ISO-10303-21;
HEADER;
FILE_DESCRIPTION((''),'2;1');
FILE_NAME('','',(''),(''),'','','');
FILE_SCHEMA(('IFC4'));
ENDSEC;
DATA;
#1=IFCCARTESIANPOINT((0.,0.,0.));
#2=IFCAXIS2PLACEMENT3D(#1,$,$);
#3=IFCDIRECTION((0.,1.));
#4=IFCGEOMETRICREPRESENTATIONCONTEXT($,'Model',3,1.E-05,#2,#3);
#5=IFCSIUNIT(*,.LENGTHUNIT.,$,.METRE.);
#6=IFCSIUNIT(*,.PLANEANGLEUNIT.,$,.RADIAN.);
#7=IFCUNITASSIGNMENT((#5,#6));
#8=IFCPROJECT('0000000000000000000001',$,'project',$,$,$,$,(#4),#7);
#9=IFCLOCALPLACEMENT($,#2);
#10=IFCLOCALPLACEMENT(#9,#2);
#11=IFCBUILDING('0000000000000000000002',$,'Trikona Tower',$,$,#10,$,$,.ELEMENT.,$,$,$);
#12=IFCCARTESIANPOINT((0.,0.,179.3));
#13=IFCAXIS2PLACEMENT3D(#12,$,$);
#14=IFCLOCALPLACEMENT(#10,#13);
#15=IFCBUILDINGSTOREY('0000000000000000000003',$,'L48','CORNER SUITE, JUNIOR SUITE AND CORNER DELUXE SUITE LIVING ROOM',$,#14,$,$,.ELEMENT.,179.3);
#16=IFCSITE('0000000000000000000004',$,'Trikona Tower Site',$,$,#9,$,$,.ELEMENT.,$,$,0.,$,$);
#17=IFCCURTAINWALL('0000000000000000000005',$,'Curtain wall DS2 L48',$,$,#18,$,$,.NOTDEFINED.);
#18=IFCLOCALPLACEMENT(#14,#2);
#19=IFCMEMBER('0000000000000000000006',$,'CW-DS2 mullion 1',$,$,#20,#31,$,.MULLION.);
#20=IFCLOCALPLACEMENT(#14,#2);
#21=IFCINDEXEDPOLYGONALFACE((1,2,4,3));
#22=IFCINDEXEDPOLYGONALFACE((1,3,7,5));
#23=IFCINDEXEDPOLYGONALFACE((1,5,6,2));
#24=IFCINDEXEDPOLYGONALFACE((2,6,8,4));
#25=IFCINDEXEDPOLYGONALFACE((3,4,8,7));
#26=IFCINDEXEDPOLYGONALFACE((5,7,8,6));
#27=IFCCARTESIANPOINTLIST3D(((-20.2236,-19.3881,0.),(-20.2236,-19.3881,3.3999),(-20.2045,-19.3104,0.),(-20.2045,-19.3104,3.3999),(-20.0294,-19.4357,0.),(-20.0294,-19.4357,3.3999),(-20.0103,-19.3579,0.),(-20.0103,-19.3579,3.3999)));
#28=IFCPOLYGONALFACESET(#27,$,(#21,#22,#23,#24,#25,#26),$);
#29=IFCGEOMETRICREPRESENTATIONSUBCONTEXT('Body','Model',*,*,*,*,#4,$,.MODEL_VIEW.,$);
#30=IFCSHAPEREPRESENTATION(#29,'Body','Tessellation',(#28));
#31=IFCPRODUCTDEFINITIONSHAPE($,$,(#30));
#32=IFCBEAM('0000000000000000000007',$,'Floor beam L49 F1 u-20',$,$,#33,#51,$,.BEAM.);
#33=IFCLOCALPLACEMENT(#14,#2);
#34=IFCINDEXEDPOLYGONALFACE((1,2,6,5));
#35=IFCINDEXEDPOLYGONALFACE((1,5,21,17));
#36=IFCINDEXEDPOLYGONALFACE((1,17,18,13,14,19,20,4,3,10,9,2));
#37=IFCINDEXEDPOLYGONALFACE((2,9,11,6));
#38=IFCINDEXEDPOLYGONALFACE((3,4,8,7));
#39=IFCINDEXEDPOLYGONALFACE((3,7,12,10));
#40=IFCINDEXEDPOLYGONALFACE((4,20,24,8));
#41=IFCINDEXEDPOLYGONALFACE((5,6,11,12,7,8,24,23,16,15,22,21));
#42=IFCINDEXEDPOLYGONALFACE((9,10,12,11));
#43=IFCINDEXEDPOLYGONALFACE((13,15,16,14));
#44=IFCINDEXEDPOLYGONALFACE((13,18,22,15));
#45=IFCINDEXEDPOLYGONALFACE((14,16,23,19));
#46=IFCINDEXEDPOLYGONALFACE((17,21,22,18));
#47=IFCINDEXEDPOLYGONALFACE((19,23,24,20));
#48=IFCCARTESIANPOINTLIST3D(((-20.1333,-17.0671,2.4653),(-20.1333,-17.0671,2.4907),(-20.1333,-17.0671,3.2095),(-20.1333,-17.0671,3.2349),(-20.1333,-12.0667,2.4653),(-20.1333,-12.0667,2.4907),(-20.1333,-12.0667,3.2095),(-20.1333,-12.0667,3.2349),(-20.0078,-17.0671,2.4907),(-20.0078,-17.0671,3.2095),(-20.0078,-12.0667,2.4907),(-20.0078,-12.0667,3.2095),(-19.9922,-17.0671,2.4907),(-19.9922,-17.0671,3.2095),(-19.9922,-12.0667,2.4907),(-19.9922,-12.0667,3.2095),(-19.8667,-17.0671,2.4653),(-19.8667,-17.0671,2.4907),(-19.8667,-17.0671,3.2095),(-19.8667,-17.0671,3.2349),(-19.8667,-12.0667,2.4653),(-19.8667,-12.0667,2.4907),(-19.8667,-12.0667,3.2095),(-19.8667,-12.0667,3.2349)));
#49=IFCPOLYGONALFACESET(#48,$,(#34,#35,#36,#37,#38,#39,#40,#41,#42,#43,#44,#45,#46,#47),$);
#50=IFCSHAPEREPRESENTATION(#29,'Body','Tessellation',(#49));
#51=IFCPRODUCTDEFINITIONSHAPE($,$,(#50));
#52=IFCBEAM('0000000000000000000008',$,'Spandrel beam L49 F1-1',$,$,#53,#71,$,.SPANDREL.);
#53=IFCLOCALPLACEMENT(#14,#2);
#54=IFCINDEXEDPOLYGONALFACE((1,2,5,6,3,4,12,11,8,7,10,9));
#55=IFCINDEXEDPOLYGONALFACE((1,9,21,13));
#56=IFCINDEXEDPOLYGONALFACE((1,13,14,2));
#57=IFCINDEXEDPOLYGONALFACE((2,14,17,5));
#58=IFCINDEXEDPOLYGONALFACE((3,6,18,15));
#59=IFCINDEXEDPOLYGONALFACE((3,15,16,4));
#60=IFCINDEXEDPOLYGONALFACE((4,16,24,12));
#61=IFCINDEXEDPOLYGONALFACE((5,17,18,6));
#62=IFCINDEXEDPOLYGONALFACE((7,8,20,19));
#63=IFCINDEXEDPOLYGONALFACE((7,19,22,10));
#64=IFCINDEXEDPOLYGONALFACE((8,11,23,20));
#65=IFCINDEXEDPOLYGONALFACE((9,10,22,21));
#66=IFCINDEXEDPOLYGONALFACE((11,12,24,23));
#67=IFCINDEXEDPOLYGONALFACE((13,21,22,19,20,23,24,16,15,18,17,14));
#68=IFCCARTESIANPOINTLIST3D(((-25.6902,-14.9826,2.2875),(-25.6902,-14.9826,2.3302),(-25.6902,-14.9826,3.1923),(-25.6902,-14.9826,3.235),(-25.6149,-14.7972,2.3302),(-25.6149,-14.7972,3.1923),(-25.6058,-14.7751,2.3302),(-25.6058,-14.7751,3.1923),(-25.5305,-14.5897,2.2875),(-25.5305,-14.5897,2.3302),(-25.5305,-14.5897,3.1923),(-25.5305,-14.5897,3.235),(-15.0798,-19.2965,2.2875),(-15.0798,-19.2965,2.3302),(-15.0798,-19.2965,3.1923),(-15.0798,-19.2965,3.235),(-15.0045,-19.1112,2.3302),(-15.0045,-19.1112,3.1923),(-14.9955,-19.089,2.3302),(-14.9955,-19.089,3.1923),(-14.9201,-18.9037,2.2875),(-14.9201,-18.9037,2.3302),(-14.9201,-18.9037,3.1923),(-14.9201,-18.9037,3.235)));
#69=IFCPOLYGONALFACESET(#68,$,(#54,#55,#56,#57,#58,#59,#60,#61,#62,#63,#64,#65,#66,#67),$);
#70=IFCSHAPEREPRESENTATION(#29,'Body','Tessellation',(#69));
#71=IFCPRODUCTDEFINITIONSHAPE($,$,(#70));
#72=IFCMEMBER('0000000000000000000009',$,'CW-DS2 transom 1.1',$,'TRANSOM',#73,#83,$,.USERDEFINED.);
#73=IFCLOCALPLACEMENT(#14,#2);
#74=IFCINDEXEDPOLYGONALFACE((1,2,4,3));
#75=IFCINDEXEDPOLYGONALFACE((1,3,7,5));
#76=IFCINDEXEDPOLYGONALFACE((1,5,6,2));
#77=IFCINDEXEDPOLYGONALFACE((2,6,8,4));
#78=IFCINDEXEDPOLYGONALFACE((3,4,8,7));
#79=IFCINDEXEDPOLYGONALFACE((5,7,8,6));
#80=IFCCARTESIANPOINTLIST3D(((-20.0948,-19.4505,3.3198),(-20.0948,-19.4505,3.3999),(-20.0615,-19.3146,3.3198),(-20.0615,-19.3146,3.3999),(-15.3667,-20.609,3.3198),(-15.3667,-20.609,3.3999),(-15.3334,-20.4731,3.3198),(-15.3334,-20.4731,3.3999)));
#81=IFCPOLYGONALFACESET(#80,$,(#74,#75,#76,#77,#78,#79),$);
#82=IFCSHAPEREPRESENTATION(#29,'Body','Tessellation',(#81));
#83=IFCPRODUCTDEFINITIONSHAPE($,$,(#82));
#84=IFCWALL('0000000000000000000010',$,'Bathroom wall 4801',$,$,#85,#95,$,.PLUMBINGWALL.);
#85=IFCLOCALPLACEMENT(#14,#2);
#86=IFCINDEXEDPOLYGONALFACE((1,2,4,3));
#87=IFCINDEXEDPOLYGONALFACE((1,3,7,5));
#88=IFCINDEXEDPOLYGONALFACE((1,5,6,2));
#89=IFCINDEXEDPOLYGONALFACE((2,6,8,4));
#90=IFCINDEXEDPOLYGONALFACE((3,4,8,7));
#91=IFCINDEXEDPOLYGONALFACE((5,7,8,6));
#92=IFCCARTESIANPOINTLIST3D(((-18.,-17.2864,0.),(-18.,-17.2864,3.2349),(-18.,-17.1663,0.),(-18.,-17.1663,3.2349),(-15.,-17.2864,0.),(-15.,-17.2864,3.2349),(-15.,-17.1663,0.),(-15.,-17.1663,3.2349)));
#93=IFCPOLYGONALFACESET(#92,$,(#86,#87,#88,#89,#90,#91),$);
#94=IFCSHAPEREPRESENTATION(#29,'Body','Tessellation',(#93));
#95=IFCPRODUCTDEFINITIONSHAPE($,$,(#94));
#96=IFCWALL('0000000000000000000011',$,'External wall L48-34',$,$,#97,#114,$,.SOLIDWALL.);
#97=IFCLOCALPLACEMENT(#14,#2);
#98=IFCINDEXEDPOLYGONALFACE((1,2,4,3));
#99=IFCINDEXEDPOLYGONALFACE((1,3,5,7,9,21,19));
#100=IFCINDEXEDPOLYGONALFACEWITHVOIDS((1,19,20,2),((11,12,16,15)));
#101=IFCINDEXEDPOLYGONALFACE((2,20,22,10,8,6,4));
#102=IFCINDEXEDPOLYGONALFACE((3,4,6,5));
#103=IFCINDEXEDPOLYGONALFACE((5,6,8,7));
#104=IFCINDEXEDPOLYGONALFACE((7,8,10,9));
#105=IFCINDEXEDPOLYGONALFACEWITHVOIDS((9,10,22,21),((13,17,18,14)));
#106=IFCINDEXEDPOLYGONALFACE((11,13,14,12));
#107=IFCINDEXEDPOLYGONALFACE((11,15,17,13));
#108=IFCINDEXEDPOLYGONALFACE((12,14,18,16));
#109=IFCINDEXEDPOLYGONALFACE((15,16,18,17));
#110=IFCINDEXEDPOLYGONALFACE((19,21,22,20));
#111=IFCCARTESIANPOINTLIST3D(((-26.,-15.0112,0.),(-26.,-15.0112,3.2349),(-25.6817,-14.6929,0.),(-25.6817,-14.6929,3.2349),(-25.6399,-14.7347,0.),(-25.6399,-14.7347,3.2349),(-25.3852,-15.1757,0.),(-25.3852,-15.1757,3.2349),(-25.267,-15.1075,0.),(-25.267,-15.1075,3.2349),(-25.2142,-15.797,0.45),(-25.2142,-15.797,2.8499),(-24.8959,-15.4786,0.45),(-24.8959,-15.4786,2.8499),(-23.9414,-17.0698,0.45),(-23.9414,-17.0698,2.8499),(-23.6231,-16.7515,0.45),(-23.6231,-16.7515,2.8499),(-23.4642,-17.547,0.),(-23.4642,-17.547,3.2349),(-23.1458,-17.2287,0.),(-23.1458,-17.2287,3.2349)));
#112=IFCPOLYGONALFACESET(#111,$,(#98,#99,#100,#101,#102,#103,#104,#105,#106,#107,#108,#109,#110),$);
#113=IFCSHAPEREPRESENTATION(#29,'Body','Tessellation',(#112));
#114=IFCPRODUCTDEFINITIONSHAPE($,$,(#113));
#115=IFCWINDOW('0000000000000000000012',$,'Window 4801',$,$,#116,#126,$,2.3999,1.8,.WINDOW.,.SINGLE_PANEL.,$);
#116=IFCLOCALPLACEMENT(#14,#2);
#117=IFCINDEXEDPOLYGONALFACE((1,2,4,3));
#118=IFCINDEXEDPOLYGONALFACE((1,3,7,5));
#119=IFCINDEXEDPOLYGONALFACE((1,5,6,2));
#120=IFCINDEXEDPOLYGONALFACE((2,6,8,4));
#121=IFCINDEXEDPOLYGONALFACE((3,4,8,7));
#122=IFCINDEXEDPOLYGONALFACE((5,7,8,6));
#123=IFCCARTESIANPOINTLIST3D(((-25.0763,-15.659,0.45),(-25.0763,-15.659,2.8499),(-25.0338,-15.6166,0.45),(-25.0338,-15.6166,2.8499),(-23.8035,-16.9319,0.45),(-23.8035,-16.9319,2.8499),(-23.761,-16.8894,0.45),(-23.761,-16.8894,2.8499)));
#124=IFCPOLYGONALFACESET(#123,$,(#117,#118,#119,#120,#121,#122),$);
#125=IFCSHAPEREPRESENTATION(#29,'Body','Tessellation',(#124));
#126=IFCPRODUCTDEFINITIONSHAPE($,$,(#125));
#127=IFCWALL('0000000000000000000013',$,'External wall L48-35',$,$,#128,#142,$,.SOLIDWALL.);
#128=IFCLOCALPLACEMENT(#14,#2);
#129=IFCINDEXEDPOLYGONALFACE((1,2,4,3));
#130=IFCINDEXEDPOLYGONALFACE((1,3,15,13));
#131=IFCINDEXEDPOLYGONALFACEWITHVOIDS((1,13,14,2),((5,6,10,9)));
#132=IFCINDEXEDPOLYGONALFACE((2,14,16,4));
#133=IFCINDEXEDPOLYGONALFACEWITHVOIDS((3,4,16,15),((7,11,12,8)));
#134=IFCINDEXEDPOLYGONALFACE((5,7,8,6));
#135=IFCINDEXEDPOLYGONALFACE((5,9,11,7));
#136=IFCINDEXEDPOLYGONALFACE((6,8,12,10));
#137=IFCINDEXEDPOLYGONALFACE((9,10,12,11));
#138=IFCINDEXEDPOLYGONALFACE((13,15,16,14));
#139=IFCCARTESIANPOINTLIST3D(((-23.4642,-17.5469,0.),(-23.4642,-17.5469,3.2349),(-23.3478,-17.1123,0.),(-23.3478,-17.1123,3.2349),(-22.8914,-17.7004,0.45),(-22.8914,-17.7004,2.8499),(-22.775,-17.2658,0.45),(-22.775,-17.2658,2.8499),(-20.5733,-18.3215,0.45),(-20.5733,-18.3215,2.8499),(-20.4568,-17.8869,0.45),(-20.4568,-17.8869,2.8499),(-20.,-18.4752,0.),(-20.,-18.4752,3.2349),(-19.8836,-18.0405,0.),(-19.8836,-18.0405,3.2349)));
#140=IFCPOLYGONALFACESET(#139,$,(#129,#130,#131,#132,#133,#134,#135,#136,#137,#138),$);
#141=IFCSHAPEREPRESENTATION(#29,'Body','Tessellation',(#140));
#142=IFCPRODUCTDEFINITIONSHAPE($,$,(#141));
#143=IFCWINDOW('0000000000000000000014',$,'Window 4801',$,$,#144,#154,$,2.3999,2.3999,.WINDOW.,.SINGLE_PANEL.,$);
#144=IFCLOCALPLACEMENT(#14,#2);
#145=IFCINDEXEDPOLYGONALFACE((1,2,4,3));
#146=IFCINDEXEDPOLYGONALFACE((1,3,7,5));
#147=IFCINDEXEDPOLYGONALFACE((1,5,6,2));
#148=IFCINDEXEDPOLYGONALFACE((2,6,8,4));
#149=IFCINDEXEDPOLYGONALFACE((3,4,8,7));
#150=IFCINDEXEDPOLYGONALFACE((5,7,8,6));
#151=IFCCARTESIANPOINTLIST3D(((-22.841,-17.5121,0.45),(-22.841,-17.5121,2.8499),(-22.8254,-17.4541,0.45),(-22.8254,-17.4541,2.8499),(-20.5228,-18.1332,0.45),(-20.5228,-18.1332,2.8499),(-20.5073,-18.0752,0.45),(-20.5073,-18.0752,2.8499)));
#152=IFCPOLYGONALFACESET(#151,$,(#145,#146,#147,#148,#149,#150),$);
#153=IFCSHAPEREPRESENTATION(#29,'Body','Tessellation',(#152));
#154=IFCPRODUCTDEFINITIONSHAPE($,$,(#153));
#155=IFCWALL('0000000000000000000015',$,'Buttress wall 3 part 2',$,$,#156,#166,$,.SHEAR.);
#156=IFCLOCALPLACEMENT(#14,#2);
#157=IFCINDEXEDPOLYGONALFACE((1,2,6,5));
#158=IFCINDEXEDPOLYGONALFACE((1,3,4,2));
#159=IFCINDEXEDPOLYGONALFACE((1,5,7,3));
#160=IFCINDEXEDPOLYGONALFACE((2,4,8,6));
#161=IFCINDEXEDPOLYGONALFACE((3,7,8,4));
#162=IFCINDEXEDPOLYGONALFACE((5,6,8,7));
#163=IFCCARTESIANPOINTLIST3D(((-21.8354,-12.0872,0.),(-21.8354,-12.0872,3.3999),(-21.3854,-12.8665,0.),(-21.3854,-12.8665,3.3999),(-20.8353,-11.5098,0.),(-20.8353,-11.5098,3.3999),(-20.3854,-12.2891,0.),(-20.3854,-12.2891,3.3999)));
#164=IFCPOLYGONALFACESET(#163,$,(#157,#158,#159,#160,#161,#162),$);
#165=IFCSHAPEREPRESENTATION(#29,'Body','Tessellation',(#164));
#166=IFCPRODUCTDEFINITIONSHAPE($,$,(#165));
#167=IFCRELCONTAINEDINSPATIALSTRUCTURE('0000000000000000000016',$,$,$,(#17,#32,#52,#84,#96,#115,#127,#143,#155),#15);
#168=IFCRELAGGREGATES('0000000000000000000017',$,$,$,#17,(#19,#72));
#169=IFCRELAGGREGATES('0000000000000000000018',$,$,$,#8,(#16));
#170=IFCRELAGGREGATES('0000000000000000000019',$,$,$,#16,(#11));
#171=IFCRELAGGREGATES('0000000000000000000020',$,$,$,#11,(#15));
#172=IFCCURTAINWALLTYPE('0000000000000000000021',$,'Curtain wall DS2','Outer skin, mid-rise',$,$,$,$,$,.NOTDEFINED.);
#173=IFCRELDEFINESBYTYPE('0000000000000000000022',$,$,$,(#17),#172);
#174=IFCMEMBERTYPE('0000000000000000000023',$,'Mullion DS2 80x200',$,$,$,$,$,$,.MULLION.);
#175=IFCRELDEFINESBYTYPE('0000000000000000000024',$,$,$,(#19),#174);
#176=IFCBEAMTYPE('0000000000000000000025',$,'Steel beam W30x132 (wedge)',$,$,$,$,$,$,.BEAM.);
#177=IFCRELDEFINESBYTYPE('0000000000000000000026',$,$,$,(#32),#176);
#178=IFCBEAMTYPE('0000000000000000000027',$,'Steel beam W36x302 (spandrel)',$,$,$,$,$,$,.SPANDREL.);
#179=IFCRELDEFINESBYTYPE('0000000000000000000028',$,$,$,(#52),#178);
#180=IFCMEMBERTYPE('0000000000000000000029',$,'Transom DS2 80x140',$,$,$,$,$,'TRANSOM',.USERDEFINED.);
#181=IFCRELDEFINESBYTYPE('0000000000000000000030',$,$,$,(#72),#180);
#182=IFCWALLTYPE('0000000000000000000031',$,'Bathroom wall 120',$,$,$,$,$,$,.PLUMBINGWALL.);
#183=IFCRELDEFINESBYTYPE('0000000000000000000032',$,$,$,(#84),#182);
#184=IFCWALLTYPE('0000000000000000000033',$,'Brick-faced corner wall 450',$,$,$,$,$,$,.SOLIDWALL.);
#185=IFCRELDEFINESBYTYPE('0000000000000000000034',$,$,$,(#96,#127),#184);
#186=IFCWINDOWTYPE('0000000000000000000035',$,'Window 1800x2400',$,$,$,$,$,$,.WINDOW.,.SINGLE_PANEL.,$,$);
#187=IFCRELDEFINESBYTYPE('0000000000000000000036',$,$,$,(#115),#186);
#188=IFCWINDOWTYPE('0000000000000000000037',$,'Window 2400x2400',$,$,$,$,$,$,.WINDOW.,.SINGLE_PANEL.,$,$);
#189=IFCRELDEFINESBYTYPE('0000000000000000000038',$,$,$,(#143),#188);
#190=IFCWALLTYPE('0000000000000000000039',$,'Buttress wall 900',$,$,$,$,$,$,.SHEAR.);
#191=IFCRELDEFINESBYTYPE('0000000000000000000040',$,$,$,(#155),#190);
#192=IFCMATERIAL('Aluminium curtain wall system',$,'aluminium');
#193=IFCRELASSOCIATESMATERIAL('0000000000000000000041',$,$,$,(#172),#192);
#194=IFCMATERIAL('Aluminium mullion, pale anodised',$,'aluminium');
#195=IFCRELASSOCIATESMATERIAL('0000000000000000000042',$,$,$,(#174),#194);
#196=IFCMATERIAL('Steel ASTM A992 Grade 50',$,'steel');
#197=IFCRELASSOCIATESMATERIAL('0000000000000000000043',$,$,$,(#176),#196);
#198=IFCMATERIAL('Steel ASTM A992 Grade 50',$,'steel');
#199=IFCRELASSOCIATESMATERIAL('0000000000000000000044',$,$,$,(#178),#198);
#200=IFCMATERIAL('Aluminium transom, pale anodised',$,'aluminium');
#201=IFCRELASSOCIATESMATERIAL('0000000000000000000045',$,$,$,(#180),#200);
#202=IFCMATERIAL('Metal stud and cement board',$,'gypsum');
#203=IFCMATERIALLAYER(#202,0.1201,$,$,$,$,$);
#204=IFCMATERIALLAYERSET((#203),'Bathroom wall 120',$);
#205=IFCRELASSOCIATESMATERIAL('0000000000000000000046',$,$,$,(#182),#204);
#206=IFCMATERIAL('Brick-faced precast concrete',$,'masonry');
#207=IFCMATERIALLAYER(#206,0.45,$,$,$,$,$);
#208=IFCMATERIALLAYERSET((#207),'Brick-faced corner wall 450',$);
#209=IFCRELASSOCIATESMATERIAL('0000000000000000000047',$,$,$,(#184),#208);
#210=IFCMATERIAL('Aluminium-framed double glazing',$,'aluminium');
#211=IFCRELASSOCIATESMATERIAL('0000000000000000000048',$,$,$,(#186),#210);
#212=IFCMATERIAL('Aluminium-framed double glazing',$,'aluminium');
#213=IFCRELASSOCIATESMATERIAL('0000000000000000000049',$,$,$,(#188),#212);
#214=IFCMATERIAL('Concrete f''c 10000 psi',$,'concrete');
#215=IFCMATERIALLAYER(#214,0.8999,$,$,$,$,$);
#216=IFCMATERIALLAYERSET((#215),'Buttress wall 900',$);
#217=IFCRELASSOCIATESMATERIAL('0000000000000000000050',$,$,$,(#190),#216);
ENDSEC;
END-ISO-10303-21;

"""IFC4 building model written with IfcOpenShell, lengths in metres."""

from ifc_helpers import new_model, si_unit, direction, frame, frame_2d, origin, origin_2d, place, context, subcontext, project, spatial, polyline, rectangle, i_section, outline, extrude, material, layer, layer_set, material_profile, profile_set, type_object, element, fill, aggregate, save


model = new_model("IFC4")

# Units and contexts
model_context = context("Model", 3, precision=1e-05, world=origin(), true_north=direction((0.0, 1.0)))
body_context = subcontext(model_context, "Body", "Model", "MODEL_VIEW")
ifc_project = project(units=[si_unit("LENGTHUNIT", "METRE"), si_unit("PLANEANGLEUNIT", "RADIAN")], contexts=[model_context])

# Site, building, storey
site_placement = place(None, origin())
site = spatial("IfcSite", under=ifc_project, at=site_placement, Name="Trikona Tower Site", CompositionType="ELEMENT", RefElevation=0.0)
building_placement = place(site_placement, origin())
building = spatial("IfcBuilding", under=site, at=building_placement, Name="Trikona Tower", CompositionType="ELEMENT")
storey_placement = place(building_placement, frame((0.0, 0.0, 179.3)))
storey = spatial("IfcBuildingStorey", under=building, at=storey_placement, Name="L48", Description="CORNER SUITE, JUNIOR SUITE AND CORNER DELUXE SUITE LIVING ROOM", CompositionType="ELEMENT", Elevation=179.3)

# Curtain wall, member
ifc_material_1 = material(Name="Aluminium curtain wall system", Category="aluminium")
curtain_wall_type = type_object("IfcCurtainWallType", Name="Curtain wall DS2", Description="Outer skin, mid-rise", PredefinedType="NOTDEFINED", material=ifc_material_1)
curtain_wall_placement = place(storey_placement, origin())
curtain_wall = element("IfcCurtainWall", 1, at=curtain_wall_placement, inside=storey, type_object=curtain_wall_type, Name="Curtain wall DS2 L48", PredefinedType="NOTDEFINED")
ifc_material_2 = material(Name="Aluminium mullion, pale anodised", Category="aluminium")
ifc_material_profile_1 = material_profile(ifc_material_2, rectangle(XDim=0.0801, YDim=0.2, at=origin_2d()), Name="MUL-DS2")
ifc_profile_set_1 = profile_set([ifc_material_profile_1], Name="Aluminium mullion, pale anodised")
member_type_1 = type_object("IfcMemberType", Name="Mullion DS2 80x200", PredefinedType="MULLION", material=ifc_profile_set_1)
member_1_placement = place(storey_placement, frame((-20.1169, -19.373, 0.0), z_axis=(0.0, 0.0, 1.0), x_axis=(0.23797, 0.971272, 0.0)))
member_1 = element("IfcMember", 2, at=member_1_placement, type_object=member_type_1, Name="CW-DS2 mullion 1", PredefinedType="MULLION", context=body_context, shape_type="SweptSolid", body=[
    extrude(rectangle(XDim=0.0801, YDim=0.2, at=origin_2d()), origin(), (0.0, 0.0, 1.0), 3.3999),
])

# Beams
ifc_material_3 = material(Name="Steel ASTM A992 Grade 50", Category="steel")
ifc_material_profile_2 = material_profile(ifc_material_3, i_section(OverallWidth=0.2666, OverallDepth=0.7695, WebThickness=0.0156, FlangeThickness=0.0254, at=origin_2d()), Name="W30X132")
ifc_profile_set_2 = profile_set([ifc_material_profile_2], Name="Steel ASTM A992 Grade 50")
beam_type_1 = type_object("IfcBeamType", Name="Steel beam W30x132 (wedge)", PredefinedType="BEAM", material=ifc_profile_set_2)
beam_1_placement = place(storey_placement, frame((-20.0, -12.0667, 2.8501), z_axis=(0.0, -1.0, 0.0), x_axis=(1.0, 0.0, 0.0)))
element("IfcBeam", 3, at=beam_1_placement, inside=storey, type_object=beam_type_1, Name="Floor beam L49 F1 u-20", PredefinedType="BEAM", context=body_context, shape_type="SweptSolid", body=[
    extrude(i_section(OverallWidth=0.2666, OverallDepth=0.7695, WebThickness=0.0156, FlangeThickness=0.0254, at=origin_2d()), origin(), (0.0, 0.0, 1.0), 5.0005),
])
ifc_material_4 = material(Name="Steel ASTM A992 Grade 50", Category="steel")
ifc_material_profile_3 = material_profile(ifc_material_4, i_section(OverallWidth=0.4241, OverallDepth=0.9475, WebThickness=0.0239, FlangeThickness=0.0427, at=origin_2d()), Name="W36X302")
ifc_profile_set_3 = profile_set([ifc_material_profile_3], Name="Steel ASTM A992 Grade 50")
beam_type_2 = type_object("IfcBeamType", Name="Steel beam W36x302 (spandrel)", PredefinedType="SPANDREL", material=ifc_profile_set_3)
beam_2_placement = place(storey_placement, frame((-25.6104, -14.7861, 2.7612), z_axis=(0.92636, -0.37664, 0.0), x_axis=(0.37664, 0.92636, 0.0)))
element("IfcBeam", 4, at=beam_2_placement, inside=storey, type_object=beam_type_2, Name="Spandrel beam L49 F1-1", PredefinedType="SPANDREL", context=body_context, shape_type="SweptSolid", body=[
    extrude(i_section(OverallWidth=0.4241, OverallDepth=0.9475, WebThickness=0.0239, FlangeThickness=0.0427, at=origin_2d()), origin(), (0.0, 0.0, 1.0), 11.4539),
])

# Member
ifc_material_5 = material(Name="Aluminium transom, pale anodised", Category="aluminium")
ifc_material_profile_4 = material_profile(ifc_material_5, rectangle(XDim=0.1399, YDim=0.0801, at=origin_2d()), Name="TRN-DS2")
ifc_profile_set_4 = profile_set([ifc_material_profile_4], Name="Aluminium transom, pale anodised")
member_type_2 = type_object("IfcMemberType", Name="Transom DS2 80x140", ElementType="TRANSOM", PredefinedType="USERDEFINED", material=ifc_profile_set_4)
member_2_placement = place(storey_placement, frame((-20.0781, -19.3826, 3.3599), z_axis=(0.971271, -0.237978, 0.0), x_axis=(0.237978, 0.971271, 0.0)))
member_2 = element("IfcMember", 5, at=member_2_placement, type_object=member_type_2, Name="CW-DS2 transom 1.1", ObjectType="TRANSOM", PredefinedType="USERDEFINED", context=body_context, shape_type="SweptSolid", body=[
    extrude(rectangle(XDim=0.1399, YDim=0.0801, at=origin_2d()), origin(), (0.0, 0.0, 1.0), 4.8679),
])
aggregate(curtain_wall, [member_1, member_2])

# Wall
ifc_material_6 = material(Name="Metal stud and cement board", Category="gypsum")
ifc_layer_1 = layer(ifc_material_6, 0.1201)
ifc_layer_set_1 = layer_set([ifc_layer_1], Name="Bathroom wall 120")
wall_type_1 = type_object("IfcWallType", Name="Bathroom wall 120", PredefinedType="PLUMBINGWALL", material=ifc_layer_set_1)
wall_1_placement = place(storey_placement, frame((-18.0, -17.2263, 0.0), z_axis=(0.0, 0.0, 1.0), x_axis=(1.0, 0.0, 0.0)))
element("IfcWall", 6, at=wall_1_placement, inside=storey, type_object=wall_type_1, Name="Bathroom wall 4801", PredefinedType="PLUMBINGWALL", context=body_context, shape_type="SweptSolid", body=[
    extrude(rectangle(XDim=3.0, YDim=0.1201, at=frame_2d((1.5, 0.0))), origin(), (0.0, 0.0, 1.0), 3.2349),
])

# Walls, openings, windows
ifc_material_7 = material(Name="Brick-faced precast concrete", Category="masonry")
ifc_layer_2 = layer(ifc_material_7, 0.45)
ifc_layer_set_2 = layer_set([ifc_layer_2], Name="Brick-faced corner wall 450")
wall_type_2 = type_object("IfcWallType", Name="Brick-faced corner wall 450", PredefinedType="SOLIDWALL", material=ifc_layer_set_2)
wall_2_placement = place(storey_placement, frame((-25.8408, -14.8521, 0.0), z_axis=(0.0, 0.0, 1.0), x_axis=(0.707107, -0.707107, 0.0)))
wall_2 = element("IfcWall", 7, at=wall_2_placement, inside=storey, type_object=wall_type_2, Name="External wall L48-34", PredefinedType="SOLIDWALL", context=body_context, shape_type="SweptSolid", body=[
    extrude(outline(polyline([(3.5862, 0.2251), (0.5864, 0.2251), (0.551, 0.0933), (0.0591, 0.2251), (0.0, 0.2251), (0.0, -0.2251), (3.5862, -0.2251), (3.5862, 0.2251)])), origin(), (0.0, 0.0, 1.0), 3.2349),
])
opening_1_placement = place(wall_2_placement, frame((1.1113, 0.0, 0.45)))
opening_1 = element("IfcOpeningElement", 8, at=opening_1_placement, cuts=wall_2, PredefinedType="OPENING", context=body_context, shape_type="SweptSolid", body=[
    extrude(rectangle(XDim=1.8, YDim=2.3999, at=frame_2d((0.8999, 1.2))), frame((0.0, 0.2349, 0.0), z_axis=(0.0, -1.0, 0.0), x_axis=(1.0, 0.0, 0.0)), (0.0, 0.0, 1.0), 0.47),
])
ifc_material_8 = material(Name="Aluminium-framed double glazing", Category="aluminium")
window_type_1 = type_object("IfcWindowType", Name="Window 1800x2400", PartitioningType="SINGLE_PANEL", PredefinedType="WINDOW", material=ifc_material_8)
window_1_placement = place(opening_1_placement, origin())
window_1 = element("IfcWindow", 9, at=window_1_placement, inside=storey, type_object=window_type_1, Name="Window 4801", OverallHeight=2.3999, OverallWidth=1.8, PartitioningType="SINGLE_PANEL", PredefinedType="WINDOW", context=body_context, shape_type="SweptSolid", body=[
    extrude(rectangle(XDim=1.8, YDim=2.3999, at=frame_2d((0.8999, 1.2))), frame((0.0, 0.03, 0.0), z_axis=(0.0, -1.0, 0.0), x_axis=(1.0, 0.0, 0.0)), (0.0, 0.0, 1.0), 0.0601),
])
fill(opening_1, window_1)
wall_3_placement = place(storey_placement, frame((-23.406, -17.3296, 0.0), z_axis=(0.0, 0.0, 1.0), x_axis=(0.965925, -0.258823, 0.0)))
wall_3 = element("IfcWall", 10, at=wall_3_placement, inside=storey, type_object=wall_type_2, Name="External wall L48-35", PredefinedType="SOLIDWALL", context=body_context, shape_type="SweptSolid", body=[
    extrude(rectangle(XDim=3.5864, YDim=0.45, at=frame_2d((1.7932, 0.0))), origin(), (0.0, 0.0, 1.0), 3.2349),
])
opening_2_placement = place(wall_3_placement, frame((0.593, 0.0, 0.45)))
opening_2 = element("IfcOpeningElement", 11, at=opening_2_placement, cuts=wall_3, PredefinedType="OPENING", context=body_context, shape_type="SweptSolid", body=[
    extrude(rectangle(XDim=2.3999, YDim=2.3999, at=frame_2d((1.2, 1.2))), frame((0.0, 0.2349, 0.0), z_axis=(0.0, -1.0, 0.0), x_axis=(1.0, 0.0, 0.0)), (0.0, 0.0, 1.0), 0.47),
])
ifc_material_9 = material(Name="Aluminium-framed double glazing", Category="aluminium")
window_type_2 = type_object("IfcWindowType", Name="Window 2400x2400", PartitioningType="SINGLE_PANEL", PredefinedType="WINDOW", material=ifc_material_9)
window_2_placement = place(opening_2_placement, origin())
window_2 = element("IfcWindow", 12, at=window_2_placement, inside=storey, type_object=window_type_2, Name="Window 4801", OverallHeight=2.3999, OverallWidth=2.3999, PartitioningType="SINGLE_PANEL", PredefinedType="WINDOW", context=body_context, shape_type="SweptSolid", body=[
    extrude(rectangle(XDim=2.3999, YDim=2.3999, at=frame_2d((1.2, 1.2))), frame((0.0, 0.03, 0.0), z_axis=(0.0, -1.0, 0.0), x_axis=(1.0, 0.0, 0.0)), (0.0, 0.0, 1.0), 0.0601),
])
fill(opening_2, window_2)

# Wall
ifc_material_10 = material(Name="Concrete f'c 10000 psi", Category="concrete")
ifc_layer_3 = layer(ifc_material_10, 0.8999)
ifc_layer_set_3 = layer_set([ifc_layer_3], Name="Buttress wall 900")
wall_type_3 = type_object("IfcWallType", Name="Buttress wall 900", PredefinedType="SHEAR", material=ifc_layer_set_3)
wall_4_placement = place(storey_placement, frame((-20.6104, -11.8994, 0.0), z_axis=(0.0, 0.0, 1.0), x_axis=(-0.86601, -0.500027, 0.0)))
element("IfcWall", 13, at=wall_4_placement, inside=storey, type_object=wall_type_3, Name="Buttress wall 3 part 2", PredefinedType="SHEAR", context=body_context, shape_type="SweptSolid", body=[
    extrude(rectangle(XDim=1.1548, YDim=0.8999, at=frame_2d((0.5774, 0.0))), origin(), (0.0, 0.0, 1.0), 3.3999),
])

save(model, "model.ifc")
